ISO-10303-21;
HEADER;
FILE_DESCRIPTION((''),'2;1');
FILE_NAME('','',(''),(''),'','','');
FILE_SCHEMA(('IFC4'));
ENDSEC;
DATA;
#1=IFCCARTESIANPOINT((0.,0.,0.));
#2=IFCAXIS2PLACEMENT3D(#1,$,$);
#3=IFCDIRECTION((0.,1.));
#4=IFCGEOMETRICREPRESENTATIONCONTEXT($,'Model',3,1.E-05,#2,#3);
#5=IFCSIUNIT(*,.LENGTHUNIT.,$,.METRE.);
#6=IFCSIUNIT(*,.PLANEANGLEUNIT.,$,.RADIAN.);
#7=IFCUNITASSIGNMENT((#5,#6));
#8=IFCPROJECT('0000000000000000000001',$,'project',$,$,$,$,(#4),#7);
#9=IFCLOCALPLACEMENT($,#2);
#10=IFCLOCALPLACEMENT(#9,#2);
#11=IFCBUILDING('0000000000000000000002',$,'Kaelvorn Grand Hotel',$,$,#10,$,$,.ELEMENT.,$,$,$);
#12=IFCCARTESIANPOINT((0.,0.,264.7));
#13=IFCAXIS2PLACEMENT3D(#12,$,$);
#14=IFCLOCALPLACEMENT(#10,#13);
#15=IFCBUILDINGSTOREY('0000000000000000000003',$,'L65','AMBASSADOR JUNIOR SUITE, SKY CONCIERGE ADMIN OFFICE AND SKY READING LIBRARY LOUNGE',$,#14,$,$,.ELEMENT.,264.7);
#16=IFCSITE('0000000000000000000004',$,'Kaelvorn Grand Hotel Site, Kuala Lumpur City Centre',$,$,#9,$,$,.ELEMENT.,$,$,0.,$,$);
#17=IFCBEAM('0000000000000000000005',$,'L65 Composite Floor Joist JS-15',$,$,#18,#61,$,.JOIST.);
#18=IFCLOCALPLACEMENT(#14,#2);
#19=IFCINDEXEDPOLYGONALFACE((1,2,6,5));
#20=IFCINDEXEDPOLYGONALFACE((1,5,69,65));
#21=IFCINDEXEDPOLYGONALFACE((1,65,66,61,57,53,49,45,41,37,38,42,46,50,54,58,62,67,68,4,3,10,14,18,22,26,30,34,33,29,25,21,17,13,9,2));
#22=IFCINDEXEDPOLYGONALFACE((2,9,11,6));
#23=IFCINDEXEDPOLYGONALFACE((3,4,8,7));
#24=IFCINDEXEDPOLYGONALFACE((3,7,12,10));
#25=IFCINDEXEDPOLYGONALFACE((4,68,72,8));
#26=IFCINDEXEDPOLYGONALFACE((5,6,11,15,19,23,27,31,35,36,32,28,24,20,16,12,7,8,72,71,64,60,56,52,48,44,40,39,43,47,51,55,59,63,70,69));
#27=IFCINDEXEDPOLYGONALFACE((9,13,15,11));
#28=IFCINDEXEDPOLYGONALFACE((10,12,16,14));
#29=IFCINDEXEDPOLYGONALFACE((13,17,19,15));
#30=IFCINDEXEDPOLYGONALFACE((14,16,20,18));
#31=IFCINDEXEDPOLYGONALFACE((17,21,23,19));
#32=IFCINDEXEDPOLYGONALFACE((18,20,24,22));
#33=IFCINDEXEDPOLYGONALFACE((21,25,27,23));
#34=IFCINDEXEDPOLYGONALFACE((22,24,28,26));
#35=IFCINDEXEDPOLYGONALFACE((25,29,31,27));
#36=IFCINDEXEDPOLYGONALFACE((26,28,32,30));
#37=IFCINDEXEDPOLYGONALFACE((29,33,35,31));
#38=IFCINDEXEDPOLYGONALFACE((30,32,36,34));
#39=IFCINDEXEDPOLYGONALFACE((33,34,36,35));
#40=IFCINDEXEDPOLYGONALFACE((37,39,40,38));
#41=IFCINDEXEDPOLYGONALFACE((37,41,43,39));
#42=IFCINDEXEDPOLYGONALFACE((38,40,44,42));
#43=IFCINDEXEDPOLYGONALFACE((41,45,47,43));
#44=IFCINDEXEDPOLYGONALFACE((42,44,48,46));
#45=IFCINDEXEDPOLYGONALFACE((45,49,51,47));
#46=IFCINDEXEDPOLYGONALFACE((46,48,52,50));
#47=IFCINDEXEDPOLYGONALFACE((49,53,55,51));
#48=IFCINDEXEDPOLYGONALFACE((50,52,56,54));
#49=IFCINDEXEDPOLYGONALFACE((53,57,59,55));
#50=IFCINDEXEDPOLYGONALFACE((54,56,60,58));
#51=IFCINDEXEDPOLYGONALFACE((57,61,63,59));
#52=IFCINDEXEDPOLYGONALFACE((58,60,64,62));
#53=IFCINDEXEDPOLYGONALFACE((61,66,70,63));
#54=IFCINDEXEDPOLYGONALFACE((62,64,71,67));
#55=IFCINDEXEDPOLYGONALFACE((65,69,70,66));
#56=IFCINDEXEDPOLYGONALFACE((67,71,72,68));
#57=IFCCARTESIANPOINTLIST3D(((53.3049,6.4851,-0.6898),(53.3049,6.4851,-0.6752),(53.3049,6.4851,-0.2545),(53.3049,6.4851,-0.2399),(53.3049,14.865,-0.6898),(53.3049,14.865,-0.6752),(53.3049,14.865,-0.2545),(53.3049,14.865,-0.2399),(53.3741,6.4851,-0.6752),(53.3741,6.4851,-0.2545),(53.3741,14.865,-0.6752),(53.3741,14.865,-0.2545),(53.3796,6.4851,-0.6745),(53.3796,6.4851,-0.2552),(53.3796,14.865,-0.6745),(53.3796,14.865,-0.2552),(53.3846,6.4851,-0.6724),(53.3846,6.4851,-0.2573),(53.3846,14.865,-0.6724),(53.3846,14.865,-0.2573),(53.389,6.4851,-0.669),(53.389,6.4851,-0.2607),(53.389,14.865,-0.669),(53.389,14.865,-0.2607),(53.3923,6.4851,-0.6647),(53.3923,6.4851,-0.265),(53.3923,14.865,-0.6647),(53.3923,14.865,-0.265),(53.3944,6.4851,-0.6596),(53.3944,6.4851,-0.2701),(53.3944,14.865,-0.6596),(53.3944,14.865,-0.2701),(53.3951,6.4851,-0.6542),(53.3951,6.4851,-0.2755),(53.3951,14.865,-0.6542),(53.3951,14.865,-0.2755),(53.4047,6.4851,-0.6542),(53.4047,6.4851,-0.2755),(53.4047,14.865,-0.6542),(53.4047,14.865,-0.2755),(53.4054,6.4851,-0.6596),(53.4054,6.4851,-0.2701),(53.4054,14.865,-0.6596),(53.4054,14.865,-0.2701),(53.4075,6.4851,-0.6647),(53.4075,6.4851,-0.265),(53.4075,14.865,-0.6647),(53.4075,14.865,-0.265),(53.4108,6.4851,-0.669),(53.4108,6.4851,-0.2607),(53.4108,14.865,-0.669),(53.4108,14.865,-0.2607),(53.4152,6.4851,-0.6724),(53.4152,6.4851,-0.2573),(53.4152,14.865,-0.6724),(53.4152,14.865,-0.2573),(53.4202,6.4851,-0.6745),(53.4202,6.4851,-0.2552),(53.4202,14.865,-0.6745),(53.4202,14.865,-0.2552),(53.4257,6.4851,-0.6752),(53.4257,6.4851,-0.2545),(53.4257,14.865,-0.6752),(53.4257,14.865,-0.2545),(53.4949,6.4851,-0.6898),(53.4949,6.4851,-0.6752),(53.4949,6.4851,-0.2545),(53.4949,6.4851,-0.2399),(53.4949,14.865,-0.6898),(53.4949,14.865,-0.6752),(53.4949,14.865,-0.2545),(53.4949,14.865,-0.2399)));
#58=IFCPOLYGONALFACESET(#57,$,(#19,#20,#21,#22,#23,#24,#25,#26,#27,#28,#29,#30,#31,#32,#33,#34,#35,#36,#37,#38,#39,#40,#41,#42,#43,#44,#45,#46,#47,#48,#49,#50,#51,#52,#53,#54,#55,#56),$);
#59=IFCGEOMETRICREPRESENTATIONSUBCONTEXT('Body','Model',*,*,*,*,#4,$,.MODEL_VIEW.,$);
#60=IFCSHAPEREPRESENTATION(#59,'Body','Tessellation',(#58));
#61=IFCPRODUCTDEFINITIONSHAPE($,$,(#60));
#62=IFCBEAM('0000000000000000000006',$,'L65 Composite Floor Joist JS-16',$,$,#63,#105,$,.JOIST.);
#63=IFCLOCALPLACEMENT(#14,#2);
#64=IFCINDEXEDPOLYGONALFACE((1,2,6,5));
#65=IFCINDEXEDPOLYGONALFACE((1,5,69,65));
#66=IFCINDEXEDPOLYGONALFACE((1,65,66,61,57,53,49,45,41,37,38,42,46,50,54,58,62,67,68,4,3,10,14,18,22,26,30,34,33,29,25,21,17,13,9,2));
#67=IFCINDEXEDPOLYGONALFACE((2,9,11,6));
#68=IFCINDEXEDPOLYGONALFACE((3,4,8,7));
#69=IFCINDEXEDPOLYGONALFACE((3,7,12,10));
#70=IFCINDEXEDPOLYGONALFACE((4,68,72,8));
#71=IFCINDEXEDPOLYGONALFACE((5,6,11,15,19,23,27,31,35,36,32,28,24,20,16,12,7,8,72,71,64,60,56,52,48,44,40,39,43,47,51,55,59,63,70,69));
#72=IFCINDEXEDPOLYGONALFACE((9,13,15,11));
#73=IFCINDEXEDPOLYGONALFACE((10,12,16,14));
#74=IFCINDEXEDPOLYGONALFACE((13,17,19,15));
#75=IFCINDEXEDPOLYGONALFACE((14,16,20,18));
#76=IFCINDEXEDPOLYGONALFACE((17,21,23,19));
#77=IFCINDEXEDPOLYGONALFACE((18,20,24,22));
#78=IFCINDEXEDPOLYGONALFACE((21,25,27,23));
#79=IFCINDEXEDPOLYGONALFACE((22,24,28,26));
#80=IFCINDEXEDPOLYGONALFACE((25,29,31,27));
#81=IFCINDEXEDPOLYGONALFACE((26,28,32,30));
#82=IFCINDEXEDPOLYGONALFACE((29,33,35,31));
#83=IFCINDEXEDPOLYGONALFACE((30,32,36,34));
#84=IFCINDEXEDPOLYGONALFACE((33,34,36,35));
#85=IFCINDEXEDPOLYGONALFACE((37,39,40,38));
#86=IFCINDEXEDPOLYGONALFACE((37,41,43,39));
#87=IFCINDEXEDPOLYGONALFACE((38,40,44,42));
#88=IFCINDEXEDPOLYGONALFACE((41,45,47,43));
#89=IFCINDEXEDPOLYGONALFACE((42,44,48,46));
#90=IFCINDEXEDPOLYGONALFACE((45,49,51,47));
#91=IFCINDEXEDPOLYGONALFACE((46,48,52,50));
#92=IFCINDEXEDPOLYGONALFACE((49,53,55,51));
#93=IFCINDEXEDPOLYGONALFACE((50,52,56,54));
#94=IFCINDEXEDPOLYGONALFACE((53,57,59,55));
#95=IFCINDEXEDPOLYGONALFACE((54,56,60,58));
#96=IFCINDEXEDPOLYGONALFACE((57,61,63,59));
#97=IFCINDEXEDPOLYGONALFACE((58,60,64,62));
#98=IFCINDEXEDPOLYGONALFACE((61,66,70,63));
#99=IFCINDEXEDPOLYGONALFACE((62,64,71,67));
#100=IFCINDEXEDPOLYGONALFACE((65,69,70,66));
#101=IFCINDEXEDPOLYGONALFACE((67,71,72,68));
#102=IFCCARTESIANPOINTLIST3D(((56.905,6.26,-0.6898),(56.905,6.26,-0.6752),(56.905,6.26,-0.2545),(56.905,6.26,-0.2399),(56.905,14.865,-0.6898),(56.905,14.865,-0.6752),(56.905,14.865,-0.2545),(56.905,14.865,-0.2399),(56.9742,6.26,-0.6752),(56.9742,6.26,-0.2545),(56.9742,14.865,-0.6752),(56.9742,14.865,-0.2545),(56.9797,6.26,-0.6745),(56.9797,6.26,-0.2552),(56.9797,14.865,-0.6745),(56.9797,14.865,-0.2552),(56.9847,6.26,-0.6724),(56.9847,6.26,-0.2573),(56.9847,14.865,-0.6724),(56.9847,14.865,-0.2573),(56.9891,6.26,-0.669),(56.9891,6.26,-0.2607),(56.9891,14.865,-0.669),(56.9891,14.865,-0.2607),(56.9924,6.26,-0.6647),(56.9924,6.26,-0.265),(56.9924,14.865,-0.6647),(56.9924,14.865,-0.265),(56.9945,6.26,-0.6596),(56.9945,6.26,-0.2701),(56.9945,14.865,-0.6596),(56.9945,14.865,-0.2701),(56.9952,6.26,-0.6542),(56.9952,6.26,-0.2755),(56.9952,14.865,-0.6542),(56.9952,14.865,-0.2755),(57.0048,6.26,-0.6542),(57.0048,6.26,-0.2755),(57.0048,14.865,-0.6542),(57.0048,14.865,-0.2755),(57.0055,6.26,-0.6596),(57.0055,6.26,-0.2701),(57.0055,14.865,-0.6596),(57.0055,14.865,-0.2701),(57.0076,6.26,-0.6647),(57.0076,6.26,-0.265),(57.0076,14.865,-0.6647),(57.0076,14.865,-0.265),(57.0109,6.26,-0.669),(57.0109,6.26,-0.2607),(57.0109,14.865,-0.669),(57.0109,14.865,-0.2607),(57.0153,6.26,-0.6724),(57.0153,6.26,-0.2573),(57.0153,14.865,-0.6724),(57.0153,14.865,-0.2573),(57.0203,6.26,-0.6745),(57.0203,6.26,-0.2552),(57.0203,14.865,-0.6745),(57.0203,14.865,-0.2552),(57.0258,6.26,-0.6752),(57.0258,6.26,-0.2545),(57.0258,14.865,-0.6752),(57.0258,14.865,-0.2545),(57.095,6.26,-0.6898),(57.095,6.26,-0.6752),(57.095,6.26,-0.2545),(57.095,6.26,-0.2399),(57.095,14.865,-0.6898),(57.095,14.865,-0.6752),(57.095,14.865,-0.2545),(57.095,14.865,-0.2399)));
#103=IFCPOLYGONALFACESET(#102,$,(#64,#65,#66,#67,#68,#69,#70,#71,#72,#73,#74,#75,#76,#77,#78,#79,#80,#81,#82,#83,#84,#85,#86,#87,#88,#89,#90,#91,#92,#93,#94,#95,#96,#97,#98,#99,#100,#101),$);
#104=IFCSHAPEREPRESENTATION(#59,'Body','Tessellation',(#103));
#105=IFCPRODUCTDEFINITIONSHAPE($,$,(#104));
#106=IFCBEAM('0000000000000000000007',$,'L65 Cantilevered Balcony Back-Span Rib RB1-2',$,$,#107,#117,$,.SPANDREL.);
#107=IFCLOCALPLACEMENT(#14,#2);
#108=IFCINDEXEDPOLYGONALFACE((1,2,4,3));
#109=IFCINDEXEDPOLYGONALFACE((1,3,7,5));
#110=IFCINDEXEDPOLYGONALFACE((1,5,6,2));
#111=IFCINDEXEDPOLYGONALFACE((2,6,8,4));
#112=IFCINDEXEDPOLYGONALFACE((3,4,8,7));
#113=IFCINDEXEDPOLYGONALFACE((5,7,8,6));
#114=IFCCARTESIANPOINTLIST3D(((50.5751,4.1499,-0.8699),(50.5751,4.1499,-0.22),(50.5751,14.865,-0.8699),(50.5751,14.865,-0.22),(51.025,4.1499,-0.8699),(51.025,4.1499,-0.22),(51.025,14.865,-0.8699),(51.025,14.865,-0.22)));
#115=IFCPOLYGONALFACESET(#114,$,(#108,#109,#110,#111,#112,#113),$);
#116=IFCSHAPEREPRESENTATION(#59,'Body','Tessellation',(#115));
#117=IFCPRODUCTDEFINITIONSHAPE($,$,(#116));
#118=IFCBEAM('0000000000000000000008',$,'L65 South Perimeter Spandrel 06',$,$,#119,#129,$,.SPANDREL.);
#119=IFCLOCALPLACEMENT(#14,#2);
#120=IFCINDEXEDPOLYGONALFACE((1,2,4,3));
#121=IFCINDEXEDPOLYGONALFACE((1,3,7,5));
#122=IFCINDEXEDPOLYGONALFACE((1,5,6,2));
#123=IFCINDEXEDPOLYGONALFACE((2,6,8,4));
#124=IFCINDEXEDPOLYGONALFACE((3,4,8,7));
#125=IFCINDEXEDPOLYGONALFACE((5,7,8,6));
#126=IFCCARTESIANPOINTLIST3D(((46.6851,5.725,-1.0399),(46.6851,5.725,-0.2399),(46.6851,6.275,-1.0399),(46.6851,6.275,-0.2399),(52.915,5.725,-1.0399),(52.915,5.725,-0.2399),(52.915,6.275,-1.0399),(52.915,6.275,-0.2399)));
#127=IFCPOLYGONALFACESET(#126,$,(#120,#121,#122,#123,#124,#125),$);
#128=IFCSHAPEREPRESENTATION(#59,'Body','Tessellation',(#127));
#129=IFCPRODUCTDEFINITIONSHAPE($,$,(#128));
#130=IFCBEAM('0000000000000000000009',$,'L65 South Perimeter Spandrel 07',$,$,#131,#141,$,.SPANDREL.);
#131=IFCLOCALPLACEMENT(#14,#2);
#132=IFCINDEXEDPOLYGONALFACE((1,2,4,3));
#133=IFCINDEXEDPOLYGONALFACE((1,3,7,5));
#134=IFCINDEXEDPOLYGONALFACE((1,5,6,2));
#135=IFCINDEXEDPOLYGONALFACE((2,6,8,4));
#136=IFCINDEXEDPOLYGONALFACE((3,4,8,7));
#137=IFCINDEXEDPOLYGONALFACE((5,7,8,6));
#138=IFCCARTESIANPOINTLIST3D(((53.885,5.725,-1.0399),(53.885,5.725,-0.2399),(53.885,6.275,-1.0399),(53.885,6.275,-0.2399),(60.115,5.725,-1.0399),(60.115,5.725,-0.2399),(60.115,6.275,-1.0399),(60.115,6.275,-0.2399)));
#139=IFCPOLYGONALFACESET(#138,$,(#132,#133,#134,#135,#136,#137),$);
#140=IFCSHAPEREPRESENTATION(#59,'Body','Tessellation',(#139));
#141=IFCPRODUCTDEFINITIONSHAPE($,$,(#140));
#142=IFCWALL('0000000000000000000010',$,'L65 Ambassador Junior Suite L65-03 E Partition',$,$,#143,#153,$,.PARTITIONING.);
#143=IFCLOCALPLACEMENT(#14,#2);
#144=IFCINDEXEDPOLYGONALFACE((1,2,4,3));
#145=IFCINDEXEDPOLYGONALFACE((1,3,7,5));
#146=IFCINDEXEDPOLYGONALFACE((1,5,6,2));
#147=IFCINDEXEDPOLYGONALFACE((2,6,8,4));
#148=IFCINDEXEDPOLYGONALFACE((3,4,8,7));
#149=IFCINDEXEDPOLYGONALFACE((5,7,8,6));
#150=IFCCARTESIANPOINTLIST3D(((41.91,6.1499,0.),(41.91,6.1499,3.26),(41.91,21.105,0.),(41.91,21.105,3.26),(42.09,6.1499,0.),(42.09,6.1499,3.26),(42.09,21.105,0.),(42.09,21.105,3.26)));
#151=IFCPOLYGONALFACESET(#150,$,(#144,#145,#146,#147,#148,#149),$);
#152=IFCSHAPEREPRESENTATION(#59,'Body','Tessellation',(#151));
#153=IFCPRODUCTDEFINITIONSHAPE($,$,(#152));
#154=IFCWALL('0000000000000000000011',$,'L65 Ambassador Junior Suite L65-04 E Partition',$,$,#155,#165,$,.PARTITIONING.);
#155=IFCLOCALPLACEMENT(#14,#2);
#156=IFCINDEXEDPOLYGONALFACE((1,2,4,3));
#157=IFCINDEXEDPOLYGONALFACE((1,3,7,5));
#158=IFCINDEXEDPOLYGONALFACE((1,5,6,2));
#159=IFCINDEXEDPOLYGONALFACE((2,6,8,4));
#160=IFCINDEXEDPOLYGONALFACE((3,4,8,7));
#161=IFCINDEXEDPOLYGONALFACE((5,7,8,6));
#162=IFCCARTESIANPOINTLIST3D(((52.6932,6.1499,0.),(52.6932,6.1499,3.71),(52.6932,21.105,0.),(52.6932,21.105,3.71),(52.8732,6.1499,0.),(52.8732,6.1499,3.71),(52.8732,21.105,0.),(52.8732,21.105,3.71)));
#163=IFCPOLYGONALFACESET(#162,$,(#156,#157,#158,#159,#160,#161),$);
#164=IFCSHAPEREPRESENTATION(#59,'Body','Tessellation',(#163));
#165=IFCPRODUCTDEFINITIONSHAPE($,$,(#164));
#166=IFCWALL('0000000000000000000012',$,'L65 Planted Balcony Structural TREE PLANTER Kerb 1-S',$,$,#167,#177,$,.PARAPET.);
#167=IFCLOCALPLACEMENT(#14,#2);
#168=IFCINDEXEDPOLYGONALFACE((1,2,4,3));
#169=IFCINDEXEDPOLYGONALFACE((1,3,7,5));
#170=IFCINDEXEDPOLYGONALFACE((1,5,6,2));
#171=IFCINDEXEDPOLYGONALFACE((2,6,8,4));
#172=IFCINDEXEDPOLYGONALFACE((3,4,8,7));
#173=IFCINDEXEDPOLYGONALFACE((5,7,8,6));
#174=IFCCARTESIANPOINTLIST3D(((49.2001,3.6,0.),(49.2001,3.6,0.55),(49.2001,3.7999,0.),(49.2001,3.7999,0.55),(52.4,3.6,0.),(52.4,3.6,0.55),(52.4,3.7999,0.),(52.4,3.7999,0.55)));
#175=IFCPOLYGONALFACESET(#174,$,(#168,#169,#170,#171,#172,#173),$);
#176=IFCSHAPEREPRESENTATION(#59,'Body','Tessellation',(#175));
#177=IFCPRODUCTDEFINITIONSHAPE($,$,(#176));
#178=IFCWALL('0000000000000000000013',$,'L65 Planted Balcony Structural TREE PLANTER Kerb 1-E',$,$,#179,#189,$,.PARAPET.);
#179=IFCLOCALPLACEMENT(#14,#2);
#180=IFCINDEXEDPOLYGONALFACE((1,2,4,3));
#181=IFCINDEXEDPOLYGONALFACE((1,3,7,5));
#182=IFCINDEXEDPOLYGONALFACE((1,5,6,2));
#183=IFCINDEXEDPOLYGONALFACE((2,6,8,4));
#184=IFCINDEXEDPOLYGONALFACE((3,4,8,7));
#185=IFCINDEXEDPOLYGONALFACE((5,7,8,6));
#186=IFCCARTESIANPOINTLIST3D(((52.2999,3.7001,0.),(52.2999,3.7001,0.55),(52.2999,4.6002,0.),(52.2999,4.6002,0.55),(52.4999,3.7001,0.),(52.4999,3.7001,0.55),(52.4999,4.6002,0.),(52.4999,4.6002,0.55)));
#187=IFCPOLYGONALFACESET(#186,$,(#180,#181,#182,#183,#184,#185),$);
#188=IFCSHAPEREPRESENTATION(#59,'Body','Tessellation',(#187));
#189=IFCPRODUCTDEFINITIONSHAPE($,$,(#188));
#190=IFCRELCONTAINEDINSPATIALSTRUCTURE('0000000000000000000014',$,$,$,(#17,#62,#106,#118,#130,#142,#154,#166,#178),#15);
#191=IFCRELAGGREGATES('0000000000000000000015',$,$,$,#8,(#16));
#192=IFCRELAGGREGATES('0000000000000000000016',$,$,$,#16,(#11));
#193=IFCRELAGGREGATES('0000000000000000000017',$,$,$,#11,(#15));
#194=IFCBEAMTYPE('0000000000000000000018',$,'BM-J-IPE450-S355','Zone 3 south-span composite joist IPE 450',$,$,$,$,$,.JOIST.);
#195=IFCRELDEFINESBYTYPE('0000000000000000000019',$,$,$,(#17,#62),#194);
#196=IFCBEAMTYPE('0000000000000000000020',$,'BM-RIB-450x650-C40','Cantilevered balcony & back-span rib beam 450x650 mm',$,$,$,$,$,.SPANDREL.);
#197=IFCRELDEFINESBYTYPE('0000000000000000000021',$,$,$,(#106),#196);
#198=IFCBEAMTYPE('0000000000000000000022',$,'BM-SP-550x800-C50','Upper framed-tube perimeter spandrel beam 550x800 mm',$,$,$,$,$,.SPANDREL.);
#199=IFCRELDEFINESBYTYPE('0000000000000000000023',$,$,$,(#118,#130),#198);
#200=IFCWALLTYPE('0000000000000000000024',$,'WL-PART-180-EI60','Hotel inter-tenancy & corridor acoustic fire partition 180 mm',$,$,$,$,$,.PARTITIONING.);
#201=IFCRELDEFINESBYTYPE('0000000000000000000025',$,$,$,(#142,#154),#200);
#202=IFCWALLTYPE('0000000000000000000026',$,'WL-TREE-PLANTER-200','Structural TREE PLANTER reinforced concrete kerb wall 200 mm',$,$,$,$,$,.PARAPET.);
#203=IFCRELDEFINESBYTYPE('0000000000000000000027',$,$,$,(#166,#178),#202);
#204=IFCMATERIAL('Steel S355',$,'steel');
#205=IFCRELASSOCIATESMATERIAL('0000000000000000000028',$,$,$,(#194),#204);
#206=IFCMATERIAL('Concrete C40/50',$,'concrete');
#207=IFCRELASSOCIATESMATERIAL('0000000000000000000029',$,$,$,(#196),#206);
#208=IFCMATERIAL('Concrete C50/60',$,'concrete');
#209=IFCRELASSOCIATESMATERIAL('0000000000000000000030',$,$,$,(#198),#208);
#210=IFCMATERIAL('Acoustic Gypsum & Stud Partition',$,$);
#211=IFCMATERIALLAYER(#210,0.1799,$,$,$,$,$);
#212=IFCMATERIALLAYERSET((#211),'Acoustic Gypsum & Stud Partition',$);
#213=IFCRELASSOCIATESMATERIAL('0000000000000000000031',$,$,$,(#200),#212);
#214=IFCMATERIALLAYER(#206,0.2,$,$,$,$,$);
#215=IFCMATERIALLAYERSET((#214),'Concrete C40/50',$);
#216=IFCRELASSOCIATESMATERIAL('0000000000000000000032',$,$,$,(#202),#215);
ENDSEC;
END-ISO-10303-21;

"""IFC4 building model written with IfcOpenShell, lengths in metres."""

from ifc_helpers import new_model, si_unit, direction, frame, frame_2d, origin, origin_2d, place, context, subcontext, project, spatial, rectangle, i_section, extrude, material, layer, layer_set, material_profile, profile_set, type_object, element, save


model = new_model("IFC4")

# Units and contexts
model_context = context("Model", 3, precision=1e-05, world=origin(), true_north=direction((0.0, 1.0)))
body_context = subcontext(model_context, "Body", "Model", "MODEL_VIEW")
ifc_project = project(units=[si_unit("LENGTHUNIT", "METRE"), si_unit("PLANEANGLEUNIT", "RADIAN")], contexts=[model_context])

# Site, building, storey
site_placement = place(None, origin())
site = spatial("IfcSite", under=ifc_project, at=site_placement, Name="Kaelvorn Grand Hotel Site, Kuala Lumpur City Centre", CompositionType="ELEMENT", RefElevation=0.0)
building_placement = place(site_placement, origin())
building = spatial("IfcBuilding", under=site, at=building_placement, Name="Kaelvorn Grand Hotel", CompositionType="ELEMENT")
storey_placement = place(building_placement, frame((0.0, 0.0, 264.7)))
storey = spatial("IfcBuildingStorey", under=building, at=storey_placement, Name="L65", Description="AMBASSADOR JUNIOR SUITE, SKY CONCIERGE ADMIN OFFICE AND SKY READING LIBRARY LOUNGE", CompositionType="ELEMENT", Elevation=264.7)

# Shared definitions
ifc_material_1 = material(Name="Concrete C50/60", Category="concrete")

# Beams
ifc_material_2 = material(Name="Steel S355", Category="steel")
ifc_material_profile_1 = material_profile(ifc_material_2, i_section(OverallWidth=0.1899, OverallDepth=0.45, WebThickness=0.0095, FlangeThickness=0.0146, FilletRadius=0.021, at=origin_2d()), Name="IPE 450")
ifc_profile_set_1 = profile_set([ifc_material_profile_1], Name="Steel S355")
beam_type_1 = type_object("IfcBeamType", Name="BM-J-IPE450-S355", Description="Zone 3 south-span composite joist IPE 450", PredefinedType="JOIST", material=ifc_profile_set_1)
beam_1_placement = place(storey_placement, frame((53.3999, 6.4851, -0.4648), z_axis=(0.0, 1.0, 0.0), x_axis=(-1.0, 0.0, 0.0)))
element("IfcBeam", 1, at=beam_1_placement, inside=storey, type_object=beam_type_1, Name="L65 Composite Floor Joist JS-15", PredefinedType="JOIST", context=body_context, shape_type="SweptSolid", body=[
    extrude(i_section(OverallWidth=0.1899, OverallDepth=0.45, WebThickness=0.0095, FlangeThickness=0.0146, FilletRadius=0.021, at=origin_2d()), origin(), (0.0, 0.0, 1.0), 8.3799),
])
beam_2_placement = place(storey_placement, frame((57.0, 6.26, -0.4648), z_axis=(0.0, 1.0, 0.0), x_axis=(-1.0, 0.0, 0.0)))
element("IfcBeam", 2, at=beam_2_placement, inside=storey, type_object=beam_type_1, Name="L65 Composite Floor Joist JS-16", PredefinedType="JOIST", context=body_context, shape_type="SweptSolid", body=[
    extrude(i_section(OverallWidth=0.1899, OverallDepth=0.45, WebThickness=0.0095, FlangeThickness=0.0146, FilletRadius=0.021, at=origin_2d()), origin(), (0.0, 0.0, 1.0), 8.605),
])
ifc_material_3 = material(Name="Concrete C40/50", Category="concrete")
ifc_material_profile_2 = material_profile(ifc_material_3, rectangle(XDim=0.45, YDim=0.6499, at=origin_2d()), Name="RC RIB 450x650")
ifc_profile_set_2 = profile_set([ifc_material_profile_2], Name="Concrete C40/50")
beam_type_2 = type_object("IfcBeamType", Name="BM-RIB-450x650-C40", Description="Cantilevered balcony & back-span rib beam 450x650 mm", PredefinedType="SPANDREL", material=ifc_profile_set_2)
beam_3_placement = place(storey_placement, frame((50.8, 4.1499, -0.5449), z_axis=(0.0, 1.0, 0.0), x_axis=(-1.0, 0.0, 0.0)))
element("IfcBeam", 3, at=beam_3_placement, inside=storey, type_object=beam_type_2, Name="L65 Cantilevered Balcony Back-Span Rib RB1-2", PredefinedType="SPANDREL", context=body_context, shape_type="SweptSolid", body=[
    extrude(rectangle(XDim=0.45, YDim=0.6499, at=origin_2d()), origin(), (0.0, 0.0, 1.0), 10.7151),
])
ifc_material_profile_3 = material_profile(ifc_material_1, rectangle(XDim=0.55, YDim=0.8, at=origin_2d()), Name="RC SPANDREL 550x800")
ifc_profile_set_3 = profile_set([ifc_material_profile_3], Name="Concrete C50/60")
beam_type_3 = type_object("IfcBeamType", Name="BM-SP-550x800-C50", Description="Upper framed-tube perimeter spandrel beam 550x800 mm", PredefinedType="SPANDREL", material=ifc_profile_set_3)
for number, where, z_axis, x_axis, name in (
    (4, (46.6851, 6.0, -0.6399), (1.0, 0.0, 0.0), (0.0, 1.0, 0.0), "L65 South Perimeter Spandrel 06"),
    (5, (53.885, 6.0, -0.6399), (1.0, 0.0, 0.0), (0.0, 1.0, 0.0), "L65 South Perimeter Spandrel 07"),
):
    element("IfcBeam", number, at=place(storey_placement, frame(where, z_axis=z_axis, x_axis=x_axis)), inside=storey, type_object=beam_type_3, Name=name, PredefinedType="SPANDREL", context=body_context, shape_type="SweptSolid", body=[
        extrude(rectangle(XDim=0.55, YDim=0.8, at=origin_2d()), origin(), (0.0, 0.0, 1.0), 6.23),
    ])

# Walls
ifc_material_4 = material(Name="Acoustic Gypsum & Stud Partition")
ifc_layer_1 = layer(ifc_material_4, 0.1799)
ifc_layer_set_1 = layer_set([ifc_layer_1], Name="Acoustic Gypsum & Stud Partition")
wall_type_1 = type_object("IfcWallType", Name="WL-PART-180-EI60", Description="Hotel inter-tenancy & corridor acoustic fire partition 180 mm", PredefinedType="PARTITIONING", material=ifc_layer_set_1)
wall_1_placement = place(storey_placement, frame((42.0, 6.1499, 0.0), z_axis=(0.0, 0.0, 1.0), x_axis=(0.0, 1.0, 0.0)))
element("IfcWall", 6, at=wall_1_placement, inside=storey, type_object=wall_type_1, Name="L65 Ambassador Junior Suite L65-03 E Partition", PredefinedType="PARTITIONING", context=body_context, shape_type="SweptSolid", body=[
    extrude(rectangle(XDim=14.9551, YDim=0.1799, at=frame_2d((7.4775, 0.0))), origin(), (0.0, 0.0, 1.0), 3.26),
])
wall_2_placement = place(storey_placement, frame((52.7832, 6.1499, 0.0), z_axis=(0.0, 0.0, 1.0), x_axis=(0.0, 1.0, 0.0)))
element("IfcWall", 7, at=wall_2_placement, inside=storey, type_object=wall_type_1, Name="L65 Ambassador Junior Suite L65-04 E Partition", PredefinedType="PARTITIONING", context=body_context, shape_type="SweptSolid", body=[
    extrude(rectangle(XDim=14.9551, YDim=0.1799, at=frame_2d((7.4775, 0.0))), origin(), (0.0, 0.0, 1.0), 3.71),
])
ifc_layer_2 = layer(ifc_material_3, 0.2)
ifc_layer_set_2 = layer_set([ifc_layer_2], Name="Concrete C40/50")
wall_type_2 = type_object("IfcWallType", Name="WL-TREE-PLANTER-200", Description="Structural TREE PLANTER reinforced concrete kerb wall 200 mm", PredefinedType="PARAPET", material=ifc_layer_set_2)
wall_3_placement = place(storey_placement, frame((49.2, 3.7, 0.0), z_axis=(0.0, 0.0, 1.0), x_axis=(1.0, 0.0, 0.0)))
element("IfcWall", 8, at=wall_3_placement, inside=storey, type_object=wall_type_2, Name="L65 Planted Balcony Structural TREE PLANTER Kerb 1-S", PredefinedType="PARAPET", context=body_context, shape_type="SweptSolid", body=[
    extrude(rectangle(XDim=3.2, YDim=0.2, at=frame_2d((1.6001, 0.0))), origin(), (0.0, 0.0, 1.0), 0.55),
])
wall_4_placement = place(storey_placement, frame((52.3999, 3.7, 0.0), z_axis=(0.0, 0.0, 1.0), x_axis=(0.0, 1.0, 0.0)))
element("IfcWall", 9, at=wall_4_placement, inside=storey, type_object=wall_type_2, Name="L65 Planted Balcony Structural TREE PLANTER Kerb 1-E", PredefinedType="PARAPET", context=body_context, shape_type="SweptSolid", body=[
    extrude(rectangle(XDim=0.9001, YDim=0.2, at=frame_2d((0.4502, 0.0))), origin(), (0.0, 0.0, 1.0), 0.55),
])

save(model, "model.ifc")
